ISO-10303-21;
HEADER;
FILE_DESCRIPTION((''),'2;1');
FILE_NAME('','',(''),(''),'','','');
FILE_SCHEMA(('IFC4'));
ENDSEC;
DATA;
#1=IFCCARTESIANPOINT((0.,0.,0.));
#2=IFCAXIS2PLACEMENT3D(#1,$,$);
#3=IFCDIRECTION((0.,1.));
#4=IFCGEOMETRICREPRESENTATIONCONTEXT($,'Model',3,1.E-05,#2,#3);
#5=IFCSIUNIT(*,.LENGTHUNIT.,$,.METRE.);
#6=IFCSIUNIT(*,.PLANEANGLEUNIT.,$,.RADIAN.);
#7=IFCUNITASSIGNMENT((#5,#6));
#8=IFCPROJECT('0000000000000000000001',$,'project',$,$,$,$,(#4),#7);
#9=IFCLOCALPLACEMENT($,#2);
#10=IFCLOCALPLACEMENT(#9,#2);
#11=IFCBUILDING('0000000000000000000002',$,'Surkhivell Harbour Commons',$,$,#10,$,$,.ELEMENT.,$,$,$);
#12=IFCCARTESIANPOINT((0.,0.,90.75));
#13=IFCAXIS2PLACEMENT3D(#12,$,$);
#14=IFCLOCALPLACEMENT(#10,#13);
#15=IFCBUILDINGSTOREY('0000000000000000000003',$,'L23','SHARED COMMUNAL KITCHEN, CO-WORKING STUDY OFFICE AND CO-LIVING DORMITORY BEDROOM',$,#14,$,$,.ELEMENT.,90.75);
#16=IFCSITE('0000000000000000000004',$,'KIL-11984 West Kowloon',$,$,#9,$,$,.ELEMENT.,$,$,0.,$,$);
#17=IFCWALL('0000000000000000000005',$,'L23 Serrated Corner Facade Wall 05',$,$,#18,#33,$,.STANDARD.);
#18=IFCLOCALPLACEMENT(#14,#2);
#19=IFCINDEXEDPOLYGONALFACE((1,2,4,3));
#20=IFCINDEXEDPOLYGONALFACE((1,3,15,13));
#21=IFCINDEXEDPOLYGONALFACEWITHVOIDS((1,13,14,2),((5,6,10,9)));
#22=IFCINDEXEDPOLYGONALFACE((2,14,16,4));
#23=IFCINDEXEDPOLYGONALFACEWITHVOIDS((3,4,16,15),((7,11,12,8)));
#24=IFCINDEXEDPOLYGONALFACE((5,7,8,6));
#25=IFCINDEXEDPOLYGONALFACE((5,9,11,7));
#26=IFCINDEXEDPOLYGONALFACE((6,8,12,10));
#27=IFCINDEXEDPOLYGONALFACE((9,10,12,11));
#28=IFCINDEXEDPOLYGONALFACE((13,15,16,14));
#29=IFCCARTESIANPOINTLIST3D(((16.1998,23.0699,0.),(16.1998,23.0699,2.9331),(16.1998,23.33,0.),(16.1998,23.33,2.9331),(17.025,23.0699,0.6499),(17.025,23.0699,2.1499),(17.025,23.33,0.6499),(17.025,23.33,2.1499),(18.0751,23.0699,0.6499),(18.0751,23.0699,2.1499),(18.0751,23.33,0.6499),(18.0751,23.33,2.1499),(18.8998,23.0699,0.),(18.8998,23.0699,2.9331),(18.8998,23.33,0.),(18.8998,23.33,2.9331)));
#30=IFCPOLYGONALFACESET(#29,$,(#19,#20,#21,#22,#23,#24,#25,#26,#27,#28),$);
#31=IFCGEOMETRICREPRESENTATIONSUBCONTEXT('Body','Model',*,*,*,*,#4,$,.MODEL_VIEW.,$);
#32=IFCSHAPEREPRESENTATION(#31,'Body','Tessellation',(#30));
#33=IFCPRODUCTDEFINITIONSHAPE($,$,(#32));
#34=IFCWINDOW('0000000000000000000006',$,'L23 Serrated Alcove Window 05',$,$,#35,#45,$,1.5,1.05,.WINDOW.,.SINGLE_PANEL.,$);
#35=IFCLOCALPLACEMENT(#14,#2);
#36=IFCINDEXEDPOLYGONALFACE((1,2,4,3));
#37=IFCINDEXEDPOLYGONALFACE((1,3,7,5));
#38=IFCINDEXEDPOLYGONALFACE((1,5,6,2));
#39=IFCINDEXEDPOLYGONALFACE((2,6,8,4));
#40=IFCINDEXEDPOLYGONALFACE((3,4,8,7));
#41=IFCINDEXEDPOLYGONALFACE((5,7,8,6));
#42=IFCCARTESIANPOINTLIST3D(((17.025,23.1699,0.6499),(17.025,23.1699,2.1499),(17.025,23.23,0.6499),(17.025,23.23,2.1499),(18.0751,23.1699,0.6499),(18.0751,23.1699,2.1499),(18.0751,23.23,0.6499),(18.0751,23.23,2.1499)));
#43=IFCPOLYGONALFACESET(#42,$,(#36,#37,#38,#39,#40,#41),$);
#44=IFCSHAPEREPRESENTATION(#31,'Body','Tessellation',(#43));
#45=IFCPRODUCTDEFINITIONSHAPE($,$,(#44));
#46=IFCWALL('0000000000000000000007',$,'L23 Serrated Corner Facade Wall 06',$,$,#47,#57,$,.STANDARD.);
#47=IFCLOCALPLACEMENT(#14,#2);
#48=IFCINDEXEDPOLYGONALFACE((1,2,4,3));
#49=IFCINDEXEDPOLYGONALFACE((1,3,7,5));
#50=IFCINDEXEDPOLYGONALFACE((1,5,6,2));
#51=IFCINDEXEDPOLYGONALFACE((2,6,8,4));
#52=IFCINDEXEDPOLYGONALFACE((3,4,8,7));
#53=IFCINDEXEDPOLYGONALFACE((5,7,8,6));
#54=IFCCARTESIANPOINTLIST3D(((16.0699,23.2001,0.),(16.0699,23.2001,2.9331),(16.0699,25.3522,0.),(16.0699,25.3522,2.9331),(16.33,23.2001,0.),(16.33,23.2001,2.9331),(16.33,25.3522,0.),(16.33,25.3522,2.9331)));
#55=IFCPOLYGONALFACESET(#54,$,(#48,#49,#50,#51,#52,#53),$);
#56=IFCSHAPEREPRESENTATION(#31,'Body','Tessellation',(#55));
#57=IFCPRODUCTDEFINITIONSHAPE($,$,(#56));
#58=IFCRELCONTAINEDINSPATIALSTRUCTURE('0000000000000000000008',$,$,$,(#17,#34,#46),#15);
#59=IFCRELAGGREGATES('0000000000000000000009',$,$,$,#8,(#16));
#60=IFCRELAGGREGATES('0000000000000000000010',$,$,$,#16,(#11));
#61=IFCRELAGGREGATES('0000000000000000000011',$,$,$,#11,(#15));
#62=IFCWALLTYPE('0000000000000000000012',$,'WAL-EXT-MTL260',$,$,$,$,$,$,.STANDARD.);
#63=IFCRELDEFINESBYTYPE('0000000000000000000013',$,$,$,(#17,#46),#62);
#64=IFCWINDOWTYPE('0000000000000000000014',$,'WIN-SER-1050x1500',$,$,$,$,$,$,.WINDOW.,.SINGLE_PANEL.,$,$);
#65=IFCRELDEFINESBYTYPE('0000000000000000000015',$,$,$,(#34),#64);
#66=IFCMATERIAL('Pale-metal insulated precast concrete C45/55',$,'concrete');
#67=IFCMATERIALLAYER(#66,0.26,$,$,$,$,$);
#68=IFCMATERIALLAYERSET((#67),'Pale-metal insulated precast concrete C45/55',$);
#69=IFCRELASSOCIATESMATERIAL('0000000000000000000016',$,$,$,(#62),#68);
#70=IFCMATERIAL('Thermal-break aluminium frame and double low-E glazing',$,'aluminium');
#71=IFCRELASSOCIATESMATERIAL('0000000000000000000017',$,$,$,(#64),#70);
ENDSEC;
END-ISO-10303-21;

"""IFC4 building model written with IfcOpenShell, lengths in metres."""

from ifc_helpers import new_model, si_unit, direction, frame, frame_2d, origin, place, context, subcontext, project, spatial, rectangle, extrude, material, layer, layer_set, type_object, element, fill, save


model = new_model("IFC4")

# Units and contexts
model_context = context("Model", 3, precision=1e-05, world=origin(), true_north=direction((0.0, 1.0)))
body_context = subcontext(model_context, "Body", "Model", "MODEL_VIEW")
ifc_project = project(units=[si_unit("LENGTHUNIT", "METRE"), si_unit("PLANEANGLEUNIT", "RADIAN")], contexts=[model_context])

# Site, building, storey
site_placement = place(None, origin())
site = spatial("IfcSite", under=ifc_project, at=site_placement, Name="KIL-11984 West Kowloon", CompositionType="ELEMENT", RefElevation=0.0)
building_placement = place(site_placement, origin())
building = spatial("IfcBuilding", under=site, at=building_placement, Name="Surkhivell Harbour Commons", CompositionType="ELEMENT")
storey_placement = place(building_placement, frame((0.0, 0.0, 90.75)))
storey = spatial("IfcBuildingStorey", under=building, at=storey_placement, Name="L23", Description="SHARED COMMUNAL KITCHEN, CO-WORKING STUDY OFFICE AND CO-LIVING DORMITORY BEDROOM", CompositionType="ELEMENT", Elevation=90.75)

# Shared definitions
ifc_material_1 = material(Name="Pale-metal insulated precast concrete C45/55", Category="concrete")
ifc_layer_1 = layer(ifc_material_1, 0.26)
ifc_layer_set_1 = layer_set([ifc_layer_1], Name="Pale-metal insulated precast concrete C45/55")
wall_type = type_object("IfcWallType", Name="WAL-EXT-MTL260", PredefinedType="STANDARD", material=ifc_layer_set_1)

# Wall, opening, window
wall_1_placement = place(storey_placement, frame((18.8999, 23.2, 0.0), z_axis=(0.0, 0.0, 1.0), x_axis=(-1.0, 0.0, 0.0)))
wall_1 = element("IfcWall", 1, at=wall_1_placement, inside=storey, type_object=wall_type, Name="L23 Serrated Corner Facade Wall 05", PredefinedType="STANDARD", context=body_context, shape_type="SweptSolid", body=[
    extrude(rectangle(XDim=2.7, YDim=0.26, at=frame_2d((1.3501, 0.0))), origin(), (0.0, 0.0, 1.0), 2.9331),
])
opening_placement = place(wall_1_placement, frame((0.825, 0.0, 0.6499)))
opening = element("IfcOpeningElement", 2, at=opening_placement, cuts=wall_1, PredefinedType="OPENING", context=body_context, shape_type="SweptSolid", body=[
    extrude(rectangle(XDim=1.05, YDim=1.5, at=frame_2d((0.5249, 0.75))), frame((0.0, 0.1399, 0.0), z_axis=(0.0, -1.0, 0.0), x_axis=(1.0, 0.0, 0.0)), (0.0, 0.0, 1.0), 0.28),
])
ifc_material_2 = material(Name="Thermal-break aluminium frame and double low-E glazing", Category="aluminium")
window_type = type_object("IfcWindowType", Name="WIN-SER-1050x1500", PartitioningType="SINGLE_PANEL", PredefinedType="WINDOW", material=ifc_material_2)
window_placement = place(opening_placement, origin())
window = element("IfcWindow", 3, at=window_placement, inside=storey, type_object=window_type, Name="L23 Serrated Alcove Window 05", OverallHeight=1.5, OverallWidth=1.05, PartitioningType="SINGLE_PANEL", PredefinedType="WINDOW", context=body_context, shape_type="SweptSolid", body=[
    extrude(rectangle(XDim=1.05, YDim=1.5, at=frame_2d((0.5249, 0.75))), frame((0.0, 0.03, 0.0), z_axis=(0.0, -1.0, 0.0), x_axis=(1.0, 0.0, 0.0)), (0.0, 0.0, 1.0), 0.0601),
])
fill(opening, window)

# Wall
wall_2_placement = place(storey_placement, frame((16.2, 23.2, 0.0), z_axis=(0.0, 0.0, 1.0), x_axis=(0.0, 1.0, 0.0)))
element("IfcWall", 4, at=wall_2_placement, inside=storey, type_object=wall_type, Name="L23 Serrated Corner Facade Wall 06", PredefinedType="STANDARD", context=body_context, shape_type="SweptSolid", body=[
    extrude(rectangle(XDim=2.1521, YDim=0.26, at=frame_2d((1.0762, 0.0))), origin(), (0.0, 0.0, 1.0), 2.9331),
])

save(model, "model.ifc")
